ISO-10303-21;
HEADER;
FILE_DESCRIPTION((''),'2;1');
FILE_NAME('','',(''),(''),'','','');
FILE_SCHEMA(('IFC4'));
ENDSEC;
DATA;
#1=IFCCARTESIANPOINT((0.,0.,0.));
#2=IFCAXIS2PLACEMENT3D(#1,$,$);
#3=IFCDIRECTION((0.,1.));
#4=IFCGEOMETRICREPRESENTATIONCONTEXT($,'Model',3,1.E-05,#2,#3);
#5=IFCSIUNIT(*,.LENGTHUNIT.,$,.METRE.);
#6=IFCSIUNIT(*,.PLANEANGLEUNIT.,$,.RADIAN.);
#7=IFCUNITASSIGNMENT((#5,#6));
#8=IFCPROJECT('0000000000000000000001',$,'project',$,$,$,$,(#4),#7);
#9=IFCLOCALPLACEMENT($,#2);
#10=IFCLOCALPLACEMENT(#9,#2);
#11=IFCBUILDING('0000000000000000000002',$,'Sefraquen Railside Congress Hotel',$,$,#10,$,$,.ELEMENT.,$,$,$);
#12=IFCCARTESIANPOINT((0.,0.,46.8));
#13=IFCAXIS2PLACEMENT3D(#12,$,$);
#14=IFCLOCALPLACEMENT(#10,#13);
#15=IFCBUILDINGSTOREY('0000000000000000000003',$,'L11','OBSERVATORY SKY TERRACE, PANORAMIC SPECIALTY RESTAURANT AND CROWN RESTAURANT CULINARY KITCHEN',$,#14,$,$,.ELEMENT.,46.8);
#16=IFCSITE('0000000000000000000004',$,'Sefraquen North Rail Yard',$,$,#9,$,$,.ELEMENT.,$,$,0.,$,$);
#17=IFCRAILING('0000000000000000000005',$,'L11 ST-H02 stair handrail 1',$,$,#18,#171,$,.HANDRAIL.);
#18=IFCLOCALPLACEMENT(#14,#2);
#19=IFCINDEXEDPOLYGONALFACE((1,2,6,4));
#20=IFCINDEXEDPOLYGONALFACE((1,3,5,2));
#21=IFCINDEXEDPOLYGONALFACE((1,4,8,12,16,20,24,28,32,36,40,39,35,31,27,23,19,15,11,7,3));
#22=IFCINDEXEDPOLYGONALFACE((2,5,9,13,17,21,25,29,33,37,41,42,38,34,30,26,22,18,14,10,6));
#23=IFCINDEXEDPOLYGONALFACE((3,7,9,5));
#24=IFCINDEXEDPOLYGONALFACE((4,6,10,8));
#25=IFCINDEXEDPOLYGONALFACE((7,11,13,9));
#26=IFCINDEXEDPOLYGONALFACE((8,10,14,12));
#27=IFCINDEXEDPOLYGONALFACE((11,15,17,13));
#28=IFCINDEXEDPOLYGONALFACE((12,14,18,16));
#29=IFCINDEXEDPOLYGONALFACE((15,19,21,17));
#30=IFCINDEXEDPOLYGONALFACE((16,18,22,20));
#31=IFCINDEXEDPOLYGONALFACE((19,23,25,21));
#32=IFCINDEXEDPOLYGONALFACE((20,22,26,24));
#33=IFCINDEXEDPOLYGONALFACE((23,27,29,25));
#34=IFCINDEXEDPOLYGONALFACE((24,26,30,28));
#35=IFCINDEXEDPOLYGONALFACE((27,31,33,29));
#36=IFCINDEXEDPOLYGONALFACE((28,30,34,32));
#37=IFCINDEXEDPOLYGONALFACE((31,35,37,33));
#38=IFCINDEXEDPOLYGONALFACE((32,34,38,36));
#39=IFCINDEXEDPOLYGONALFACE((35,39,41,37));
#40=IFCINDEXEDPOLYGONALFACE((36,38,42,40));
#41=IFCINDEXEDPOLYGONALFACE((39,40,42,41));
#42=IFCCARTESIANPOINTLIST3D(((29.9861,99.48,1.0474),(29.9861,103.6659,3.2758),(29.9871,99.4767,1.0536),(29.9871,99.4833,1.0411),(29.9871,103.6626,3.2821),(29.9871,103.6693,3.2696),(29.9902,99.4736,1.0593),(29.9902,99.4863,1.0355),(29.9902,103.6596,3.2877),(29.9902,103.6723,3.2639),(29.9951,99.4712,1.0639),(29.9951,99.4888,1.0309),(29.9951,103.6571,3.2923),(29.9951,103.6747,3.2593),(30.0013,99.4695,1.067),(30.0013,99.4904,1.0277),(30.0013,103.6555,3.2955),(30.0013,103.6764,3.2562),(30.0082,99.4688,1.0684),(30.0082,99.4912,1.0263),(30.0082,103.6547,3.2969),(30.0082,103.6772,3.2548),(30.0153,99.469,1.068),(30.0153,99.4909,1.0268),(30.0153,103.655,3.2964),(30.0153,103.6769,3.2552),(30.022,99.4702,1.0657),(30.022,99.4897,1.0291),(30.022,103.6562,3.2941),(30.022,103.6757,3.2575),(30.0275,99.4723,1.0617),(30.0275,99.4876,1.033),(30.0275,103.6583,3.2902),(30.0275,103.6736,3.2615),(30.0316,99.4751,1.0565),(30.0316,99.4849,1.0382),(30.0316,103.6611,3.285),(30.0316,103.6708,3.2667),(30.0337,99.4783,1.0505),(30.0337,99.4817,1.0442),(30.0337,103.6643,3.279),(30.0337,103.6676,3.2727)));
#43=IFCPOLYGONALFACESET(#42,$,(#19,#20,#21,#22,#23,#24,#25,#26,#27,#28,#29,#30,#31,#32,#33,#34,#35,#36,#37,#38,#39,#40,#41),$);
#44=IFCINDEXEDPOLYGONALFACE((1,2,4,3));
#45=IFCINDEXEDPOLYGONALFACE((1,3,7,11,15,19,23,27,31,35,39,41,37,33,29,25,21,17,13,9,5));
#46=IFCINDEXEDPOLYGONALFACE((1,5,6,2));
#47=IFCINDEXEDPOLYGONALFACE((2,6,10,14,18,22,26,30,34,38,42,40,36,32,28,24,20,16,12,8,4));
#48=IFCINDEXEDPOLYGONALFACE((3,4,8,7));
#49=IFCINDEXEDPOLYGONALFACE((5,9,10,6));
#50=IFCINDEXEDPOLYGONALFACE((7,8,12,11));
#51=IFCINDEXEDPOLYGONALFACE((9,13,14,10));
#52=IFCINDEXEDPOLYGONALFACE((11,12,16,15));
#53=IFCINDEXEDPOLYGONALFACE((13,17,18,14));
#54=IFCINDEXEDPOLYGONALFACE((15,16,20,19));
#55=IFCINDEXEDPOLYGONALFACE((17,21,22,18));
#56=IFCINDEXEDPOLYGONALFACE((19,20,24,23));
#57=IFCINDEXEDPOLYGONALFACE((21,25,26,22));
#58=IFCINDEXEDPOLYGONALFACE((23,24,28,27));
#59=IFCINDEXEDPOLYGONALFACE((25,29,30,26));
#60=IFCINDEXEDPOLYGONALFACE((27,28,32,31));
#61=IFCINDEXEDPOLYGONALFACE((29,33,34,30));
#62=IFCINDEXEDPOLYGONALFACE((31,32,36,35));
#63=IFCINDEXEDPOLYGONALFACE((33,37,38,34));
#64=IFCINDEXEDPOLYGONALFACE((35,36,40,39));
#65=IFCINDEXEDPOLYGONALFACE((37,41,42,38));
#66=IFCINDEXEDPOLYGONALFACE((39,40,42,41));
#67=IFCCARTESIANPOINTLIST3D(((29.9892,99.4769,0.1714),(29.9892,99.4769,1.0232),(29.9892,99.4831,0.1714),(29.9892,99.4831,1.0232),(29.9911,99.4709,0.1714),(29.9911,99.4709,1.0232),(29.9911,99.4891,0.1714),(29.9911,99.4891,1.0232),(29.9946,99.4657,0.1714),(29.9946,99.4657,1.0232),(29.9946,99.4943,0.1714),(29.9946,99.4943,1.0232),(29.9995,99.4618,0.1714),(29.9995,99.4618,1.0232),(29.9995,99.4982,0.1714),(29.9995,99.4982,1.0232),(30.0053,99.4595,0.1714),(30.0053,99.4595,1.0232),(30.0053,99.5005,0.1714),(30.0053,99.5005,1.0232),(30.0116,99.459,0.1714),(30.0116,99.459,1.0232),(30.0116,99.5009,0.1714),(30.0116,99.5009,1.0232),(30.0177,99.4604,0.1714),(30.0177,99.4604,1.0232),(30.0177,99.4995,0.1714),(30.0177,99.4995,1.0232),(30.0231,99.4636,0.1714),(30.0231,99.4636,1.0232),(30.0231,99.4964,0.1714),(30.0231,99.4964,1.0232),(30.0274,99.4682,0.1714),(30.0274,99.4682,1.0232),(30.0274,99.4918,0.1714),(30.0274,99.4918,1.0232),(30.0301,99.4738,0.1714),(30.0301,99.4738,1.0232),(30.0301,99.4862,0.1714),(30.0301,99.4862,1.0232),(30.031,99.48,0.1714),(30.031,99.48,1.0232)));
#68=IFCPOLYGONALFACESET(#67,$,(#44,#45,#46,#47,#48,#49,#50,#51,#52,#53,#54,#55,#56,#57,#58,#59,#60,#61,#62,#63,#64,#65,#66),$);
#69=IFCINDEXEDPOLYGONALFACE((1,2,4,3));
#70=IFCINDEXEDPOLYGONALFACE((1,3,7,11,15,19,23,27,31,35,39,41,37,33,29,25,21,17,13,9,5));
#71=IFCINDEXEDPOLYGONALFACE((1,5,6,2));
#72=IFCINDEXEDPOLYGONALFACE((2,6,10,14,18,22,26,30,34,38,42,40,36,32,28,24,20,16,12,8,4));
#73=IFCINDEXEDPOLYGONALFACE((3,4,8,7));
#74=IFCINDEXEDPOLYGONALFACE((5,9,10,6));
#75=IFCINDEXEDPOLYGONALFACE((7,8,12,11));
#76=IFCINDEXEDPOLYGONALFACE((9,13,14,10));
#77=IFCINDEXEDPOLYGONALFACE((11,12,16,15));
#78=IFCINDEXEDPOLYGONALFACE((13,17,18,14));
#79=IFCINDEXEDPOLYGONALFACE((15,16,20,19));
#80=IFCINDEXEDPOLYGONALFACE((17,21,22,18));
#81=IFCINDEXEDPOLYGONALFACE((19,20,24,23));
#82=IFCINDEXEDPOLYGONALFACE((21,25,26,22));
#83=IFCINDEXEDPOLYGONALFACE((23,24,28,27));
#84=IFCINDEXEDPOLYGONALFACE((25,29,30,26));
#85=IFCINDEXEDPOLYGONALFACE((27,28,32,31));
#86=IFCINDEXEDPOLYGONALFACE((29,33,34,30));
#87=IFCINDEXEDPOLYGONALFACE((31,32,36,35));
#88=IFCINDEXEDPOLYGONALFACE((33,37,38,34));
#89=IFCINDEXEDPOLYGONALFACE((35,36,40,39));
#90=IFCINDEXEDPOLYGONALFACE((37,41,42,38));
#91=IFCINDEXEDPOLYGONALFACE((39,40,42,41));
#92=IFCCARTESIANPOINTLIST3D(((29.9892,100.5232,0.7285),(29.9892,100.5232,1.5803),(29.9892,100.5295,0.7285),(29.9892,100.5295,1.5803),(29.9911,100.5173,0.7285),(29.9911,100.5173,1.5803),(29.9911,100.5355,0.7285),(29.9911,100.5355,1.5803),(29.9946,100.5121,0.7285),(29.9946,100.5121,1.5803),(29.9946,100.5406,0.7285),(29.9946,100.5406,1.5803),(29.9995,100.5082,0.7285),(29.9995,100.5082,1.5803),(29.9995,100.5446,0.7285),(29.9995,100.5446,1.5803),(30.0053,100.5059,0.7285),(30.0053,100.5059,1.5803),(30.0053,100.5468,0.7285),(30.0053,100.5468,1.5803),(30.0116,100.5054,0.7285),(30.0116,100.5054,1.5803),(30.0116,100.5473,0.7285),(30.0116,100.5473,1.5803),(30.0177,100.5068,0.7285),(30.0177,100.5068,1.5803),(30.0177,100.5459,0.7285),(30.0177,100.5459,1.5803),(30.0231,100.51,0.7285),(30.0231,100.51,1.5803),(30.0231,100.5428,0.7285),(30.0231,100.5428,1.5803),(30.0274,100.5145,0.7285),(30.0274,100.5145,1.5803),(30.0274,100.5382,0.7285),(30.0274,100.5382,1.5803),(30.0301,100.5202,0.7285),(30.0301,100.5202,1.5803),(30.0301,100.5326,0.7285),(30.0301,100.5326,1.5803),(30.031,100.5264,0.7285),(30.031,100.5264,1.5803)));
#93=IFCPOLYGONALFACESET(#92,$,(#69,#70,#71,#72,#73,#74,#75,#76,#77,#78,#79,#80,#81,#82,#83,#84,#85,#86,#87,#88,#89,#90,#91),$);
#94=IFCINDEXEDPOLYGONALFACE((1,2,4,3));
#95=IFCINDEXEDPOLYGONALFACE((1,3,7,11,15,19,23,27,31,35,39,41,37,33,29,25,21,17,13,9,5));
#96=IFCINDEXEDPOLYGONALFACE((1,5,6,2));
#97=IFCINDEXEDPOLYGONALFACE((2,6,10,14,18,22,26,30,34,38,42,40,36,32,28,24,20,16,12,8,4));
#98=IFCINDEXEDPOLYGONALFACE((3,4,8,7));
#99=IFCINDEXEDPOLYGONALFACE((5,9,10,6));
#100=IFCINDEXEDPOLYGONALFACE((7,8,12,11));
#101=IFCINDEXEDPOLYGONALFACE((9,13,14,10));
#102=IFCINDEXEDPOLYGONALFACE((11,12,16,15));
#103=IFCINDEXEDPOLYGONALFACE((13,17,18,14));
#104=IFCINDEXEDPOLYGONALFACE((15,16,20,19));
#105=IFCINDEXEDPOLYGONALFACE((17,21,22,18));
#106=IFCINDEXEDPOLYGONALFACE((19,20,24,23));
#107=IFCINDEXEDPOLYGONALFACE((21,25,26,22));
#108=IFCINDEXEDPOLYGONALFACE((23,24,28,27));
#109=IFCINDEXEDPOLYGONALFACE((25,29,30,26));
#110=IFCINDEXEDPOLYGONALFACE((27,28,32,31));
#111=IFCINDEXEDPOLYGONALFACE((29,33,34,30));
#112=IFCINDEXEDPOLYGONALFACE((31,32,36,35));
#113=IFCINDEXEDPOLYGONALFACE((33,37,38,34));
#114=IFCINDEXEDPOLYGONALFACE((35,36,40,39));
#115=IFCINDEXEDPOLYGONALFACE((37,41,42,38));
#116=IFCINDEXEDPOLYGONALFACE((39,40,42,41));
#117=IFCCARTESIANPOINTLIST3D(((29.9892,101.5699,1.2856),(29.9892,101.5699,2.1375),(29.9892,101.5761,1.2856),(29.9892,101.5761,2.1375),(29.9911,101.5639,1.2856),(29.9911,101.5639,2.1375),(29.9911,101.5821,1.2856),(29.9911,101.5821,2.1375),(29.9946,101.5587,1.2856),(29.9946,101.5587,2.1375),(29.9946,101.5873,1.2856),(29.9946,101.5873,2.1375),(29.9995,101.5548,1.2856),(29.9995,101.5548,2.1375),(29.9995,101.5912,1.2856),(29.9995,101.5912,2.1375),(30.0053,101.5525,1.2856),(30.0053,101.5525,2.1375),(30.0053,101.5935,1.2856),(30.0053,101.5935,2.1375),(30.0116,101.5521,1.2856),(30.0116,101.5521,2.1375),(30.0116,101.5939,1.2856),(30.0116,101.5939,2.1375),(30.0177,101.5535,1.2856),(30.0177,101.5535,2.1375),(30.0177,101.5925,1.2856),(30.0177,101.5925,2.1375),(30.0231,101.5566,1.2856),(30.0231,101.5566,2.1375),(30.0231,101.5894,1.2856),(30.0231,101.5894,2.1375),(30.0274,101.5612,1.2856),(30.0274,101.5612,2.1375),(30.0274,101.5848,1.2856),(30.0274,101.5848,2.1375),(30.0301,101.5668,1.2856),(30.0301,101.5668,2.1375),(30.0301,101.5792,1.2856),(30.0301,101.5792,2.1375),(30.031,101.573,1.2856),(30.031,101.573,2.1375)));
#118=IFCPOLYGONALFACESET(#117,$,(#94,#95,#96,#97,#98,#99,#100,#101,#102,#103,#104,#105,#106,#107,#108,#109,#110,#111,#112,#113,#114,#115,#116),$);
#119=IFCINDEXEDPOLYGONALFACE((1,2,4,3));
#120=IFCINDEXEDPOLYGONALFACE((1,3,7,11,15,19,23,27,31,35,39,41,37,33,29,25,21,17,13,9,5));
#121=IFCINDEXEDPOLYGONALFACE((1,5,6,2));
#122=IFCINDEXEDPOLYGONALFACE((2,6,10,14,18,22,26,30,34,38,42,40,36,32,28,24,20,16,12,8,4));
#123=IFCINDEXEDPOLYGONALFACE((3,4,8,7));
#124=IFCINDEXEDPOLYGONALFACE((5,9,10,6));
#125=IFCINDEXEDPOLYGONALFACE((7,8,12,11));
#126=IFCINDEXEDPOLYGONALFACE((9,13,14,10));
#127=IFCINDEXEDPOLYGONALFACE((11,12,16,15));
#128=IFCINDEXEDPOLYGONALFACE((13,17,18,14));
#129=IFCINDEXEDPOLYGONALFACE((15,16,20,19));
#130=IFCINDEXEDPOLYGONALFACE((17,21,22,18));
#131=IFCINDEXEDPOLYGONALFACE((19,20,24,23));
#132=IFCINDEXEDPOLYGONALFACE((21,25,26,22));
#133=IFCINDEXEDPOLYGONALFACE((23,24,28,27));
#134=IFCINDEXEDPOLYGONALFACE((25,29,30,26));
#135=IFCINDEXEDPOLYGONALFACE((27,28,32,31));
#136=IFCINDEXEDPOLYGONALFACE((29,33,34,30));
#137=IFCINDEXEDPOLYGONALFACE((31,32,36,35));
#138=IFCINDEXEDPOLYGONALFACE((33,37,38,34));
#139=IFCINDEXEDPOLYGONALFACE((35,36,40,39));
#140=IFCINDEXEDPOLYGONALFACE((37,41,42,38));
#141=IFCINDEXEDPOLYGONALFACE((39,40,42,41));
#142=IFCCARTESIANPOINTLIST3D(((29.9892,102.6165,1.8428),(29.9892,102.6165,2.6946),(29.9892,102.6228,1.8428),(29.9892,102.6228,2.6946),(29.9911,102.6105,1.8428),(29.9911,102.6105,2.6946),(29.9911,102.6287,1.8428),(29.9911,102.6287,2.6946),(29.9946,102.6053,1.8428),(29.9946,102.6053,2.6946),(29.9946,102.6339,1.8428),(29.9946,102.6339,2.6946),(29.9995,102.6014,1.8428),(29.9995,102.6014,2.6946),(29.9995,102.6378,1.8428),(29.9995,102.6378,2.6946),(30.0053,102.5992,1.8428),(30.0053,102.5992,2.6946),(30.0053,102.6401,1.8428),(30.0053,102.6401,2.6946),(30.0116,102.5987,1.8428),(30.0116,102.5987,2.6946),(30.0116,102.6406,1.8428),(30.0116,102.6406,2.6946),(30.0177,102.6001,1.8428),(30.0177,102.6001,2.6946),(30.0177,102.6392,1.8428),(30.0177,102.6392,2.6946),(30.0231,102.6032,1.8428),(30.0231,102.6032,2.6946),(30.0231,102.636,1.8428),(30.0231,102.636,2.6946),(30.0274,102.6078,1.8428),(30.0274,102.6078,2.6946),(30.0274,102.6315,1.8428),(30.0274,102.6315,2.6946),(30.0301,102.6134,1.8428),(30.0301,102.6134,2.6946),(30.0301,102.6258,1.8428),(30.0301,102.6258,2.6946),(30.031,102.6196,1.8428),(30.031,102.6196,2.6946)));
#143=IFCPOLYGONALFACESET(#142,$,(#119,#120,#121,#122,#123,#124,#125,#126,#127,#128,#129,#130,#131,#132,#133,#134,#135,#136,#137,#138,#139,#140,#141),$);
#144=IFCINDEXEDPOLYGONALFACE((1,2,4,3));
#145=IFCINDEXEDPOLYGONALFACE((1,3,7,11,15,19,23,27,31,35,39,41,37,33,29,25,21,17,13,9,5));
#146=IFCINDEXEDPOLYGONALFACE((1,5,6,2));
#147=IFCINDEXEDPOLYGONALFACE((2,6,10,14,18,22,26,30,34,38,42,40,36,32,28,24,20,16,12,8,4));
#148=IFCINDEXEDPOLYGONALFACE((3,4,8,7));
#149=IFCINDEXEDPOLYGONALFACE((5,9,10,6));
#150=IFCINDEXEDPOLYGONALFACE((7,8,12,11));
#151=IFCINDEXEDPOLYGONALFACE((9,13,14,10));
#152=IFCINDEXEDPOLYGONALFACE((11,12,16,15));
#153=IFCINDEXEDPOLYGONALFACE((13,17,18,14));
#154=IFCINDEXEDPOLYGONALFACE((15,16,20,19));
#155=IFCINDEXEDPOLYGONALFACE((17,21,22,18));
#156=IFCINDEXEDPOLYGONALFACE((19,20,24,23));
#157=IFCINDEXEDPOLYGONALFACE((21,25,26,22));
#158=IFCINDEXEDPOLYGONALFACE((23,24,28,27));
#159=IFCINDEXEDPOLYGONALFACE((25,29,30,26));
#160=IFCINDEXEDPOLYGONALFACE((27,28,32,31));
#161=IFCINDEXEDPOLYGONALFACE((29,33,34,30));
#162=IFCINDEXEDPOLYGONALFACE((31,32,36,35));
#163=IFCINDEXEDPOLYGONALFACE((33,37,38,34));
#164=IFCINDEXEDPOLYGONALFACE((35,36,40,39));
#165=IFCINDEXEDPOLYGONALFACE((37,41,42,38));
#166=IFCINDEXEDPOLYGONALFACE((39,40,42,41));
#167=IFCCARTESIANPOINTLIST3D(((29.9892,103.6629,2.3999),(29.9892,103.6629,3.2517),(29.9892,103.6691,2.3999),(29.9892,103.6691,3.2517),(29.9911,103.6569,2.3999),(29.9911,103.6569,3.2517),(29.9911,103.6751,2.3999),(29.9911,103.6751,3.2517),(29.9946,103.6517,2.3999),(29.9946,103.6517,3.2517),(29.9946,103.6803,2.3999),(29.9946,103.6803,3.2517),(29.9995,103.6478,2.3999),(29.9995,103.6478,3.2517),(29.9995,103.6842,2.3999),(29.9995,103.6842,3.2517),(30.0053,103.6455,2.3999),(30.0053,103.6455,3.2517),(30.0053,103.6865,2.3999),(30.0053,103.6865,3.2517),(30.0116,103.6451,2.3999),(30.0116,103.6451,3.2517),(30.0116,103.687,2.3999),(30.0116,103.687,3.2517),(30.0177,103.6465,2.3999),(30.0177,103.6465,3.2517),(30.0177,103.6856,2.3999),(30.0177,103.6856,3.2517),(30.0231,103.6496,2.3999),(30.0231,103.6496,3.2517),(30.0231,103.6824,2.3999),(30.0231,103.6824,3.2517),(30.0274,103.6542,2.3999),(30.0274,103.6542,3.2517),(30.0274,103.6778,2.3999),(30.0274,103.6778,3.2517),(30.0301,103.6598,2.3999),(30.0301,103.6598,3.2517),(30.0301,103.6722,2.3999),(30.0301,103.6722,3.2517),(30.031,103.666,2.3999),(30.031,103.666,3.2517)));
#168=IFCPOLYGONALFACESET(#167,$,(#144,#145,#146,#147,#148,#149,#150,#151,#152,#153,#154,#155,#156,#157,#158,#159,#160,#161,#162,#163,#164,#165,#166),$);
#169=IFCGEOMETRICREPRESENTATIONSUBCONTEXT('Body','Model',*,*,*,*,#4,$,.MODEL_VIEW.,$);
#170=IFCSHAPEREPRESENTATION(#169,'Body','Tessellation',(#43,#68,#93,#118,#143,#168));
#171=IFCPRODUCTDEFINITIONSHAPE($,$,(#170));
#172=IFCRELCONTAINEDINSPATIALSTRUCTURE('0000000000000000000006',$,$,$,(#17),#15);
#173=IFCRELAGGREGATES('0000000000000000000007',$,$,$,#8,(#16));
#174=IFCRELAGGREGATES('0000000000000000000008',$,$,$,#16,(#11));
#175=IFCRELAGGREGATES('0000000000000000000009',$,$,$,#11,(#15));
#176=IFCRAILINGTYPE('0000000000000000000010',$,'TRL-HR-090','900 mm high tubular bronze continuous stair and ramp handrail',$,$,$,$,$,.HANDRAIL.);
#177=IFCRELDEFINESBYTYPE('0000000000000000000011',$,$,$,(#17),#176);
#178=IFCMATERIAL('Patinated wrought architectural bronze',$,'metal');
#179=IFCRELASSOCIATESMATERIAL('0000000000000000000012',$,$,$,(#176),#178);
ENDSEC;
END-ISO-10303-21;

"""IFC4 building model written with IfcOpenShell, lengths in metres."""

from ifc_helpers import new_model, si_unit, direction, frame, origin, origin_2d, place, context, subcontext, project, spatial, circle, extrude, material, type_object, element, save


model = new_model("IFC4")

# Units and contexts
model_context = context("Model", 3, precision=1e-05, world=origin(), true_north=direction((0.0, 1.0)))
body_context = subcontext(model_context, "Body", "Model", "MODEL_VIEW")
ifc_project = project(units=[si_unit("LENGTHUNIT", "METRE"), si_unit("PLANEANGLEUNIT", "RADIAN")], contexts=[model_context])

# Site, building, storey
site_placement = place(None, origin())
site = spatial("IfcSite", under=ifc_project, at=site_placement, Name="Sefraquen North Rail Yard", CompositionType="ELEMENT", RefElevation=0.0)
building_placement = place(site_placement, origin())
building = spatial("IfcBuilding", under=site, at=building_placement, Name="Sefraquen Railside Congress Hotel", CompositionType="ELEMENT")
storey_placement = place(building_placement, frame((0.0, 0.0, 46.8)))
storey = spatial("IfcBuildingStorey", under=building, at=storey_placement, Name="L11", Description="OBSERVATORY SKY TERRACE, PANORAMIC SPECIALTY RESTAURANT AND CROWN RESTAURANT CULINARY KITCHEN", CompositionType="ELEMENT", Elevation=46.8)

# Railing
ifc_material_1 = material(Name="Patinated wrought architectural bronze", Category="metal")
railing_type_1 = type_object("IfcRailingType", Name="TRL-HR-090", Description="900 mm high tubular bronze continuous stair and ramp handrail", PredefinedType="HANDRAIL", material=ifc_material_1)
railing_1_placement = place(storey_placement, frame((30.01, 99.48, 0.1714)))
element("IfcRailing", 1, at=railing_1_placement, inside=storey, type_object=railing_type_1, Name="L11 ST-H02 stair handrail 1", PredefinedType="HANDRAIL", context=body_context, shape_type="SweptSolid", body=[
    extrude(circle(Radius=0.0239, at=origin_2d()), frame((0.0, 0.0, 0.876), z_axis=(0.0, 0.882706, 0.469925), x_axis=(-1.0, 0.0, 0.0)), (0.0, 0.0, 1.0), 4.7422),
    extrude(circle(Radius=0.021, at=origin_2d()), origin(), (0.0, 0.0, 1.0), 0.8518),
    extrude(circle(Radius=0.021, at=origin_2d()), frame((0.0, 1.0464, 0.5571)), (0.0, 0.0, 1.0), 0.8518),
    extrude(circle(Radius=0.021, at=origin_2d()), frame((0.0, 2.093, 1.1143)), (0.0, 0.0, 1.0), 0.8518),
    extrude(circle(Radius=0.021, at=origin_2d()), frame((0.0, 3.1396, 1.6714)), (0.0, 0.0, 1.0), 0.8518),
    extrude(circle(Radius=0.021, at=origin_2d()), frame((0.0, 4.186, 2.2285)), (0.0, 0.0, 1.0), 0.8518),
])

save(model, "model.ifc")
